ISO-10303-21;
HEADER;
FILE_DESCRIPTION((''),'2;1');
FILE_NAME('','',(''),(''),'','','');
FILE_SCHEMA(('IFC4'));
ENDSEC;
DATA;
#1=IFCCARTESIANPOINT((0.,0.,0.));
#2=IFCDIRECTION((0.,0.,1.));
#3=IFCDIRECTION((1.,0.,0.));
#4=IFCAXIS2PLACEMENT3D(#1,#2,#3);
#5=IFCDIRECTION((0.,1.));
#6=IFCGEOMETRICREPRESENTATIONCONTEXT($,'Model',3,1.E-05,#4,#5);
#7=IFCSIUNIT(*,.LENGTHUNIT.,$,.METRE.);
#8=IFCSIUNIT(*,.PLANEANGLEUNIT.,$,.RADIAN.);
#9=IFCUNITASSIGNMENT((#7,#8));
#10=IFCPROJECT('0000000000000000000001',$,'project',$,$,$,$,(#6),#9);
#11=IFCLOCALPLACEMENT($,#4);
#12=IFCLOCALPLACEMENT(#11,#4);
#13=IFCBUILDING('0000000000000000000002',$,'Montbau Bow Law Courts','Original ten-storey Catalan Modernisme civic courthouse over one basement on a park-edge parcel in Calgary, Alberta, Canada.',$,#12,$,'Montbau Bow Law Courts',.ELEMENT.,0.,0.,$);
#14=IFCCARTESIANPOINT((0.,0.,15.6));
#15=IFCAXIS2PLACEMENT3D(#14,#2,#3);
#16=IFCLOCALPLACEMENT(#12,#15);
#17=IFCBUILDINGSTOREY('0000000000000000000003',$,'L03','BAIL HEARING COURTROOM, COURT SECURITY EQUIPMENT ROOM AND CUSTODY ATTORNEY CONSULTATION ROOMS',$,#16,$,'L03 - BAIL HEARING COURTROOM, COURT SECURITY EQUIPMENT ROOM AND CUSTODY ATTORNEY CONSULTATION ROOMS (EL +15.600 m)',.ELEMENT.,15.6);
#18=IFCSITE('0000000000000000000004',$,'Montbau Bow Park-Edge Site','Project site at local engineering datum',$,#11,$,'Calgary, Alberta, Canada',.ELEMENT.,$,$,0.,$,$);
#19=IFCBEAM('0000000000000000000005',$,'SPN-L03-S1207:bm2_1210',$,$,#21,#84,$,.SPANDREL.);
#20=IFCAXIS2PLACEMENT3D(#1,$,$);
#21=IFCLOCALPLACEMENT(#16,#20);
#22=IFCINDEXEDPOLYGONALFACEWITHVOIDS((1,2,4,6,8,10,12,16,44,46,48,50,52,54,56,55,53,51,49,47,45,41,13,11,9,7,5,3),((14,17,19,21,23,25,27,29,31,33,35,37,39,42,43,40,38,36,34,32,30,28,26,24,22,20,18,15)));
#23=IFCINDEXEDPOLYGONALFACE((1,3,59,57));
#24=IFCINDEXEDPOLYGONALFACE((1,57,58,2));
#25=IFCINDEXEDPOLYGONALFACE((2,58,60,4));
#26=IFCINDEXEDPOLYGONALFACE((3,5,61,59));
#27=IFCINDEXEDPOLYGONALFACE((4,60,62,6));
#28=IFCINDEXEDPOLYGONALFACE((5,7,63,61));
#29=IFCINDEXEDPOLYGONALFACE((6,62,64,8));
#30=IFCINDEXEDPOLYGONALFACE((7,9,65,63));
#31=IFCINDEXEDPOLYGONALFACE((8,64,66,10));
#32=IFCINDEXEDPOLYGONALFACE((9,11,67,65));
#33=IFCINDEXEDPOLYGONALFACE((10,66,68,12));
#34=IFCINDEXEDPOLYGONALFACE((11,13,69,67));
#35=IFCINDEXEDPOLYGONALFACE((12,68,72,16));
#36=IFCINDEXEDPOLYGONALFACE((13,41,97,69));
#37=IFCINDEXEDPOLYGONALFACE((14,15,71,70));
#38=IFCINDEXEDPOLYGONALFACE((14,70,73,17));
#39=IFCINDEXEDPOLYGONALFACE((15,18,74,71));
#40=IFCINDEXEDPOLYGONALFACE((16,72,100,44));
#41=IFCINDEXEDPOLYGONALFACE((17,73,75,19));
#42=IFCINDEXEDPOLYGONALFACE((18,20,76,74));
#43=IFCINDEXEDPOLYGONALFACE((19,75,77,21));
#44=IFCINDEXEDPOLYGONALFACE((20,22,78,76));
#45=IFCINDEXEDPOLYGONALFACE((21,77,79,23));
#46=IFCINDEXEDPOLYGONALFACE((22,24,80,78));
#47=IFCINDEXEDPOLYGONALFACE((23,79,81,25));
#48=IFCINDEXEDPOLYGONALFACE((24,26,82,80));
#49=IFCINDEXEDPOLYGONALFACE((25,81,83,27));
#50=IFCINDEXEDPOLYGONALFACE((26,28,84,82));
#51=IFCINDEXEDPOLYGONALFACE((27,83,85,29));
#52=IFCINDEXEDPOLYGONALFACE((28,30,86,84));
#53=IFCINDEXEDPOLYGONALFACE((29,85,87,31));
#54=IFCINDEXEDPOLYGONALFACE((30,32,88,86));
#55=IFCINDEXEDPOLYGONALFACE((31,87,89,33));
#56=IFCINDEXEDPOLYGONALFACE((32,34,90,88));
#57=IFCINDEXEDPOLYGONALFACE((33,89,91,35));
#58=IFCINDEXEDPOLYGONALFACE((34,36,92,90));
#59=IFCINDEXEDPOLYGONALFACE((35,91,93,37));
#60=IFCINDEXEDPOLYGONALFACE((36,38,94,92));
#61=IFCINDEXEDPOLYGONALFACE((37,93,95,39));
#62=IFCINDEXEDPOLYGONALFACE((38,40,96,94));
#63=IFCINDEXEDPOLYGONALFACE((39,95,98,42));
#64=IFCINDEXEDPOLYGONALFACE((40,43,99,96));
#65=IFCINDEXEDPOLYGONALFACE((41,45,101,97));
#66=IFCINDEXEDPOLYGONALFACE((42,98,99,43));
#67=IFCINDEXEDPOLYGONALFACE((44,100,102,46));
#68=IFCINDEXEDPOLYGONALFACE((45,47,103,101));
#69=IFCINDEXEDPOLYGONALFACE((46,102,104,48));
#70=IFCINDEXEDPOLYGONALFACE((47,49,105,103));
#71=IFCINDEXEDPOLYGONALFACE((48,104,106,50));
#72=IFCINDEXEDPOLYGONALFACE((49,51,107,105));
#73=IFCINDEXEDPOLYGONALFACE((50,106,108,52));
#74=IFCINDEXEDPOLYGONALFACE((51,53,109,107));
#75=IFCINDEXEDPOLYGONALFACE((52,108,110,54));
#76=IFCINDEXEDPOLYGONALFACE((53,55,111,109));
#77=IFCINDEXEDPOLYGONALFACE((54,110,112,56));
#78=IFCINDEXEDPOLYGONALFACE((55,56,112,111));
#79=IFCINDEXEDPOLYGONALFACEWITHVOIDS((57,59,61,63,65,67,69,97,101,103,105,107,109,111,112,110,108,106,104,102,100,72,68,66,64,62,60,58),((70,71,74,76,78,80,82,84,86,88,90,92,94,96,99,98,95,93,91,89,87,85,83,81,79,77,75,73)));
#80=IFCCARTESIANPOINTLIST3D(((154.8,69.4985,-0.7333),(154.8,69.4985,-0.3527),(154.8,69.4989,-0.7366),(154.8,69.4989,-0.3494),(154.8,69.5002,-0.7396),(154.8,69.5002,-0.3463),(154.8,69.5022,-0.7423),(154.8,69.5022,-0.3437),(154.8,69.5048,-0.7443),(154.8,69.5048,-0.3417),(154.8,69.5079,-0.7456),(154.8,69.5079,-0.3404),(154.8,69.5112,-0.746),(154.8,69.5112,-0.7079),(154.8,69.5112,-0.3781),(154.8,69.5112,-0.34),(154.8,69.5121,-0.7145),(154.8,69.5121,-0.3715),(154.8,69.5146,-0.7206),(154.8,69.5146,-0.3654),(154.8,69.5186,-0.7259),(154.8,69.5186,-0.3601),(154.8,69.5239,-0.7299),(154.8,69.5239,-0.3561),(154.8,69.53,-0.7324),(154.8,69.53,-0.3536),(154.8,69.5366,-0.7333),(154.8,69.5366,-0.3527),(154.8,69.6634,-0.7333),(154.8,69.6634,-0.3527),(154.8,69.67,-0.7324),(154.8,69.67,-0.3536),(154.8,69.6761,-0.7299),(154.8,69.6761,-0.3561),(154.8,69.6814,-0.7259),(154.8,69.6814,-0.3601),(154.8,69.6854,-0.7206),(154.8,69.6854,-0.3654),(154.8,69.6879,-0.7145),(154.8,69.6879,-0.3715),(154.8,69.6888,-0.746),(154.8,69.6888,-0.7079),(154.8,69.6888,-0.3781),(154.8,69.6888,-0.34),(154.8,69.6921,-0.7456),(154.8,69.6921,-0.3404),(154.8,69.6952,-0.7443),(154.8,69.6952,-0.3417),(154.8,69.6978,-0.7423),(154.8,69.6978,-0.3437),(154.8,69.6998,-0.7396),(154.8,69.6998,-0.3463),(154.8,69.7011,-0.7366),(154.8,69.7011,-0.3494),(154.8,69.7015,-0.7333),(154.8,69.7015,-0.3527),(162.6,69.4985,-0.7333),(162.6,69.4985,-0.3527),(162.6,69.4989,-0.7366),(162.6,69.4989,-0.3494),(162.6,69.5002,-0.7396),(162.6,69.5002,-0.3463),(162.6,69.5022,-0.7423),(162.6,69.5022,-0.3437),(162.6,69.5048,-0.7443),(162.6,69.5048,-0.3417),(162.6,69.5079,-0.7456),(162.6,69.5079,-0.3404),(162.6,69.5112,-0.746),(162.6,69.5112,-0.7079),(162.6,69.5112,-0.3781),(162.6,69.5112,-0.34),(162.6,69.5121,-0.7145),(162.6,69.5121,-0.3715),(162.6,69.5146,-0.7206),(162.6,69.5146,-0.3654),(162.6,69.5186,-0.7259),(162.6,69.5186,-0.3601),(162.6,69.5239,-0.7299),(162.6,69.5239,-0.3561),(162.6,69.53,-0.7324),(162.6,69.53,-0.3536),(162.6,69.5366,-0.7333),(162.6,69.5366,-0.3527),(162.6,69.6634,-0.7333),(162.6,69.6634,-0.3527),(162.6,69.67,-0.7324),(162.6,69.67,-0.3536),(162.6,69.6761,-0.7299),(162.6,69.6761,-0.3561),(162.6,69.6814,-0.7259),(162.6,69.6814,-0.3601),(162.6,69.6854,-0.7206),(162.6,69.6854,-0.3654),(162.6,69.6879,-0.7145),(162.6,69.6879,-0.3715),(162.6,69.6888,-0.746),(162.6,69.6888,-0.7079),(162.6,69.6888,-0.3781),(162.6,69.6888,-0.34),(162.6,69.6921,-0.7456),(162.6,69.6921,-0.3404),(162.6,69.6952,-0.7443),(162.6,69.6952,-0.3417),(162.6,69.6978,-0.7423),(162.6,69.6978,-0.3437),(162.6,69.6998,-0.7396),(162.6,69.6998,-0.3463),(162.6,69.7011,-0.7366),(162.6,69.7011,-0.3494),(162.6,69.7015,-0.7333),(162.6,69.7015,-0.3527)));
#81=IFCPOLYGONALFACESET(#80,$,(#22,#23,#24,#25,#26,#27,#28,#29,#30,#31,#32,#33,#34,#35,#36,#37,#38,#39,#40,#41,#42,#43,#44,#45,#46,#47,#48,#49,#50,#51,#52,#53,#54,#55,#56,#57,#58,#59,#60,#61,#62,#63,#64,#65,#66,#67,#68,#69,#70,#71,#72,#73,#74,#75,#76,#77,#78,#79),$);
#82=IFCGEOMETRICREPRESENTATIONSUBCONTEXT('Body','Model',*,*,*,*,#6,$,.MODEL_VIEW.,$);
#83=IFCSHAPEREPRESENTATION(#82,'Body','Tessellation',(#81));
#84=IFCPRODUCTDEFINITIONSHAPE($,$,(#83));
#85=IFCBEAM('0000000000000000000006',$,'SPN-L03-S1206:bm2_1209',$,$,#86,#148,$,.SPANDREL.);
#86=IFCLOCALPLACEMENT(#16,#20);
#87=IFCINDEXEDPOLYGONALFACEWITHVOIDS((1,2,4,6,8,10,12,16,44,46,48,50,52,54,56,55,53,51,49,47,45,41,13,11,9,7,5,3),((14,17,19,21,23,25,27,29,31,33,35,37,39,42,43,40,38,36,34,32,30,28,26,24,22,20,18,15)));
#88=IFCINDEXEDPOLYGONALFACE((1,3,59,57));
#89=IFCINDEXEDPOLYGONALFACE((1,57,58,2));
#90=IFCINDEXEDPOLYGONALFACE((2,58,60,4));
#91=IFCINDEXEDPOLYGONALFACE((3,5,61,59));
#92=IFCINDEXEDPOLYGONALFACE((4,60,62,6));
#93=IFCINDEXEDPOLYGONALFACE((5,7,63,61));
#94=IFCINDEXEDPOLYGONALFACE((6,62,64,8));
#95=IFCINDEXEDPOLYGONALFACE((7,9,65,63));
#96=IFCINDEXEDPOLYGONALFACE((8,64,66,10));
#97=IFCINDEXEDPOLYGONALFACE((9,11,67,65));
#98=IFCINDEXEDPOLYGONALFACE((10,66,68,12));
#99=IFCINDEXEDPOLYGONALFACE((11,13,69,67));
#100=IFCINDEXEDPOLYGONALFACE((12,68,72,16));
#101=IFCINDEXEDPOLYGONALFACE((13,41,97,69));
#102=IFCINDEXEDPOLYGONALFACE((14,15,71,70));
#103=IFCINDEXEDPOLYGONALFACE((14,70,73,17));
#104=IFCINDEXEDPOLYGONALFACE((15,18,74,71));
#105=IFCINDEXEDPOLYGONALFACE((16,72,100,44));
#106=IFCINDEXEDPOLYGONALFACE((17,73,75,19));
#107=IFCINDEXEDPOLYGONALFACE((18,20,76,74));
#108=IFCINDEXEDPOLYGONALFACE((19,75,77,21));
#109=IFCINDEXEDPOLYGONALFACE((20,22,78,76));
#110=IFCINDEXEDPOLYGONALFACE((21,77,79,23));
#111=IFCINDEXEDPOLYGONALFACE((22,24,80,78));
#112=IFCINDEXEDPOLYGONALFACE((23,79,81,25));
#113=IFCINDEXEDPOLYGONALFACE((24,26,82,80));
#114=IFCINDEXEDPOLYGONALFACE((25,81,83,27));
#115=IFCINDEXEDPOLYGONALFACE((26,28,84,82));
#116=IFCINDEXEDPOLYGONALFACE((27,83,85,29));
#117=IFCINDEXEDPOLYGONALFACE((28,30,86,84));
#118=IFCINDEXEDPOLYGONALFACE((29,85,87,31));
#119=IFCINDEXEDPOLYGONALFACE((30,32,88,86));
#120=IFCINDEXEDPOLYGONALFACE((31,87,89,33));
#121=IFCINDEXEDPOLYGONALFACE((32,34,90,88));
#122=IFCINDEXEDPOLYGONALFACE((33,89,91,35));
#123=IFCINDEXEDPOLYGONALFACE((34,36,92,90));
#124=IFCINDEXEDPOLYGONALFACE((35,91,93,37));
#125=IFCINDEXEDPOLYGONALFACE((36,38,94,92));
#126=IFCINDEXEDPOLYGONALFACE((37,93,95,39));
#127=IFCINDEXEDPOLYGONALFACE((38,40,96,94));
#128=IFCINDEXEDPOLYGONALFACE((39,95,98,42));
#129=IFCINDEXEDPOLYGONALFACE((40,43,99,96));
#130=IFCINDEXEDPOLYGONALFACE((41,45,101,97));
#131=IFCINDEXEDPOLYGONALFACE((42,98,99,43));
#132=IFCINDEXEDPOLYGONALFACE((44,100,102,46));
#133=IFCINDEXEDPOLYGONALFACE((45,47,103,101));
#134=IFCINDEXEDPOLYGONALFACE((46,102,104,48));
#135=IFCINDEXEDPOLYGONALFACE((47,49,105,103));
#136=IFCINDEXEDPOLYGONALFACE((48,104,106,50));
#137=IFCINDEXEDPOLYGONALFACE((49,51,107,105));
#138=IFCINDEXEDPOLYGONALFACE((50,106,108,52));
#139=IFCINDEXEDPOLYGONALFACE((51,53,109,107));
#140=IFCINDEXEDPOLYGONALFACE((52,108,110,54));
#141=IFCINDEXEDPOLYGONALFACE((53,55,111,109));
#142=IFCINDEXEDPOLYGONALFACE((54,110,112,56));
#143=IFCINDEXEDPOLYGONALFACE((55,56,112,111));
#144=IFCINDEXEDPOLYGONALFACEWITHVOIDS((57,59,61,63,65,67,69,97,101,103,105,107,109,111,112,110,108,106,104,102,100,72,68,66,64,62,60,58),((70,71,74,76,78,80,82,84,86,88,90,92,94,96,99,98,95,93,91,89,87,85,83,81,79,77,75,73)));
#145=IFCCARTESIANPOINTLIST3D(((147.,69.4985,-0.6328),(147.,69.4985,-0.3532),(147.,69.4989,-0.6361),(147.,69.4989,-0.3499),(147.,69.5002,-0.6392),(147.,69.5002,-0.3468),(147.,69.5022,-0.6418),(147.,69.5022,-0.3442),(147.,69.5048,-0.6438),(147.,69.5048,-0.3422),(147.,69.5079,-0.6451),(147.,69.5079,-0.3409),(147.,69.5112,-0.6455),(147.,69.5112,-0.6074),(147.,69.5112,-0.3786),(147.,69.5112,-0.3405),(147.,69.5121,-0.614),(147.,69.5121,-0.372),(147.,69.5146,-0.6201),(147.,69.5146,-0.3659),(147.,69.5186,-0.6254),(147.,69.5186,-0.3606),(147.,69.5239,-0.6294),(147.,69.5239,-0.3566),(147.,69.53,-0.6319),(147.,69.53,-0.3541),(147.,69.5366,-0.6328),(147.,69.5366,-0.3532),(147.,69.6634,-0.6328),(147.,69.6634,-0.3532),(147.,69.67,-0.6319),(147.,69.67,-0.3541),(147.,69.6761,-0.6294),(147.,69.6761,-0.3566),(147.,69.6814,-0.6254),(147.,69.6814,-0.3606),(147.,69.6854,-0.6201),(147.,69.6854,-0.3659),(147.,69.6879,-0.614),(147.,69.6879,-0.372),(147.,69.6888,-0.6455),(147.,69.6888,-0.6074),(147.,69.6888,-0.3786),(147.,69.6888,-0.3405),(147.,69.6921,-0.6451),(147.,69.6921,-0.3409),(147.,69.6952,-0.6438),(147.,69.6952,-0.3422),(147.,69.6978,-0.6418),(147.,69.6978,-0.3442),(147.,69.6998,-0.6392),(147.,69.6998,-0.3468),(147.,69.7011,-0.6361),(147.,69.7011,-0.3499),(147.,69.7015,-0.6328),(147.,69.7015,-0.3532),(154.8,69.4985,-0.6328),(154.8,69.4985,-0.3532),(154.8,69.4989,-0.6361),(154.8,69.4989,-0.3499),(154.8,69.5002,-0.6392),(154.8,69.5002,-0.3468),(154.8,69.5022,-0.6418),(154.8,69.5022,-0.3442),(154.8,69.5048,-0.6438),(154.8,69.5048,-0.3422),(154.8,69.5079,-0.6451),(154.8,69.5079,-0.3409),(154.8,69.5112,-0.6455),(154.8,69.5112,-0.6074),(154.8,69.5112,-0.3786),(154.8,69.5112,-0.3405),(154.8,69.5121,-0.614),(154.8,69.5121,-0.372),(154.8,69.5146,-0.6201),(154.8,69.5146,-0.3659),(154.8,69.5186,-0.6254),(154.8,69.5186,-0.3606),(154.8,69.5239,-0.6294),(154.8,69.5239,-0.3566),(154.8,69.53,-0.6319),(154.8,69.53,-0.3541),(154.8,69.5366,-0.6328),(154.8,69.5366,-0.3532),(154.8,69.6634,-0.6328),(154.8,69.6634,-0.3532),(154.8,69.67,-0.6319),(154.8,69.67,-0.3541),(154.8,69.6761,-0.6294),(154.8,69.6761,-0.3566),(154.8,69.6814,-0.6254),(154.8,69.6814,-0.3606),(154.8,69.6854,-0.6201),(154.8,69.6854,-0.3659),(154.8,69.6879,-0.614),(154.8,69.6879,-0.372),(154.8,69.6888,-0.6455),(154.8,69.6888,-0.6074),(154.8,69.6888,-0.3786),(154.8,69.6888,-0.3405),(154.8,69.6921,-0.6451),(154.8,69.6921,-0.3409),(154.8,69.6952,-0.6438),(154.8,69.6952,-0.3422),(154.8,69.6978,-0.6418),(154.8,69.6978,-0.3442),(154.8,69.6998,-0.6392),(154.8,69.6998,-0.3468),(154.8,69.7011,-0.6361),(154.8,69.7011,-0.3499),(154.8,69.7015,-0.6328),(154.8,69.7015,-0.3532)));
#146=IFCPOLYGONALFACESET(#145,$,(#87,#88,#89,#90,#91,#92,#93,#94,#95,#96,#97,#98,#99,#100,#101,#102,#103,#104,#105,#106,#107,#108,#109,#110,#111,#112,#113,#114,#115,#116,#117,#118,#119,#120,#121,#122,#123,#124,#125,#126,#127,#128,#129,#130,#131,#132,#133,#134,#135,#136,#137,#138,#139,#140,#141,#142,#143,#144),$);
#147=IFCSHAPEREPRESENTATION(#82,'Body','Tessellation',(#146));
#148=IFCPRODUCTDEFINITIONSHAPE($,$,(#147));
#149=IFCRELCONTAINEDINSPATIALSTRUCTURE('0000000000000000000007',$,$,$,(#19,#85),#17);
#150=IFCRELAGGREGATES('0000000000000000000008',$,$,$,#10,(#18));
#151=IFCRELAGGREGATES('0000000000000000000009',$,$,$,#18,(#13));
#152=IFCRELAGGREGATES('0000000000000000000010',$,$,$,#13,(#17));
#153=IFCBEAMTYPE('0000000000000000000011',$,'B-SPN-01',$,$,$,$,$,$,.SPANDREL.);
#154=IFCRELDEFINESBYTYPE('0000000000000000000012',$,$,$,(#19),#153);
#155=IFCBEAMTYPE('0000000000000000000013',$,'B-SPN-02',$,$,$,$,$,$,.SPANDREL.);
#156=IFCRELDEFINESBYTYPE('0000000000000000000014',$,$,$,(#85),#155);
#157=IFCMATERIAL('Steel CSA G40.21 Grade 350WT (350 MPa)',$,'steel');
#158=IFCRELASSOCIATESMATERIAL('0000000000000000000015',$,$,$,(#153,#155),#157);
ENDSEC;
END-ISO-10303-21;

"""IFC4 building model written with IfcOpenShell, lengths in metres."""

from ifc_helpers import new_model, si_unit, direction, frame, origin_with_axes, origin_2d_with_axis, place, context, subcontext, project, spatial, hollow_rectangle, extrude, material, material_profile, profile_set, type_object, element, save


model = new_model("IFC4")

# Units and contexts
model_context = context("Model", 3, precision=1e-05, world=origin_with_axes(), true_north=direction((0.0, 1.0)))
body_context = subcontext(model_context, "Body", "Model", "MODEL_VIEW")
ifc_project = project(units=[si_unit("LENGTHUNIT", "METRE"), si_unit("PLANEANGLEUNIT", "RADIAN")], contexts=[model_context])

# Site, building, storey
site_placement = place(None, origin_with_axes())
site = spatial("IfcSite", under=ifc_project, at=site_placement, Name="Montbau Bow Park-Edge Site", Description="Project site at local engineering datum", LongName="Calgary, Alberta, Canada", CompositionType="ELEMENT", RefElevation=0.0)
building_placement = place(site_placement, origin_with_axes())
building = spatial("IfcBuilding", under=site, at=building_placement, Name="Montbau Bow Law Courts", Description="Original ten-storey Catalan Modernisme civic courthouse over one basement on a park-edge parcel in Calgary, Alberta, Canada.", LongName="Montbau Bow Law Courts", CompositionType="ELEMENT", ElevationOfRefHeight=0.0, ElevationOfTerrain=0.0)
storey_placement = place(building_placement, frame((0.0, 0.0, 15.6), z_axis=(0.0, 0.0, 1.0), x_axis=(1.0, 0.0, 0.0)))
storey = spatial("IfcBuildingStorey", under=building, at=storey_placement, Name="L03", Description="BAIL HEARING COURTROOM, COURT SECURITY EQUIPMENT ROOM AND CUSTODY ATTORNEY CONSULTATION ROOMS", LongName="L03 - BAIL HEARING COURTROOM, COURT SECURITY EQUIPMENT ROOM AND CUSTODY ATTORNEY CONSULTATION ROOMS (EL +15.600 m)", CompositionType="ELEMENT", Elevation=15.6)

# Beams
ifc_material_1 = material(Name="Steel CSA G40.21 Grade 350WT (350 MPa)", Category="steel")
ifc_material_profile_1 = material_profile(ifc_material_1, hollow_rectangle(XDim=0.203, YDim=0.406, WallThickness=0.0127, InnerFilletRadius=0.0254, OuterFilletRadius=0.0127, at=origin_2d_with_axis()), Name="HSS406X203X13", Category="Main", Priority=0)
ifc_profile_set_1 = profile_set([ifc_material_profile_1], Name="Steel CSA G40.21 Grade 350WT (350 MPa)")
beam_type_1 = type_object("IfcBeamType", Name="B-SPN-01", PredefinedType="SPANDREL", material=ifc_profile_set_1)
beam_1_placement = place(None, frame((154.8, 69.6, 15.057), z_axis=(1.0, 0.0, 0.0), x_axis=(0.0, 1.0, 0.0)))
element("IfcBeam", 1, at=beam_1_placement, inside=storey, type_object=beam_type_1, Name="SPN-L03-S1207:bm2_1210", PredefinedType="SPANDREL", context=body_context, shape_type="SweptSolid", body=[
    extrude(hollow_rectangle(XDim=0.203, YDim=0.406, WallThickness=0.0127, InnerFilletRadius=0.0254, OuterFilletRadius=0.0127, at=origin_2d_with_axis()), origin_with_axes(), (0.0, 0.0, 1.0), 7.8),
])
ifc_material_profile_2 = material_profile(ifc_material_1, hollow_rectangle(XDim=0.203, YDim=0.305, WallThickness=0.0127, InnerFilletRadius=0.0254, OuterFilletRadius=0.0127, at=origin_2d_with_axis()), Name="HSS305X203X13", Category="Main", Priority=0)
ifc_profile_set_2 = profile_set([ifc_material_profile_2], Name="Steel CSA G40.21 Grade 350WT (350 MPa)")
beam_type_2 = type_object("IfcBeamType", Name="B-SPN-02", PredefinedType="SPANDREL", material=ifc_profile_set_2)
beam_2_placement = place(None, frame((147.0, 69.6, 15.107), z_axis=(1.0, 0.0, 0.0), x_axis=(0.0, 1.0, 0.0)))
element("IfcBeam", 2, at=beam_2_placement, inside=storey, type_object=beam_type_2, Name="SPN-L03-S1206:bm2_1209", PredefinedType="SPANDREL", context=body_context, shape_type="SweptSolid", body=[
    extrude(hollow_rectangle(XDim=0.203, YDim=0.305, WallThickness=0.0127, InnerFilletRadius=0.0254, OuterFilletRadius=0.0127, at=origin_2d_with_axis()), origin_with_axes(), (0.0, 0.0, 1.0), 7.8),
])

save(model, "model.ifc")
